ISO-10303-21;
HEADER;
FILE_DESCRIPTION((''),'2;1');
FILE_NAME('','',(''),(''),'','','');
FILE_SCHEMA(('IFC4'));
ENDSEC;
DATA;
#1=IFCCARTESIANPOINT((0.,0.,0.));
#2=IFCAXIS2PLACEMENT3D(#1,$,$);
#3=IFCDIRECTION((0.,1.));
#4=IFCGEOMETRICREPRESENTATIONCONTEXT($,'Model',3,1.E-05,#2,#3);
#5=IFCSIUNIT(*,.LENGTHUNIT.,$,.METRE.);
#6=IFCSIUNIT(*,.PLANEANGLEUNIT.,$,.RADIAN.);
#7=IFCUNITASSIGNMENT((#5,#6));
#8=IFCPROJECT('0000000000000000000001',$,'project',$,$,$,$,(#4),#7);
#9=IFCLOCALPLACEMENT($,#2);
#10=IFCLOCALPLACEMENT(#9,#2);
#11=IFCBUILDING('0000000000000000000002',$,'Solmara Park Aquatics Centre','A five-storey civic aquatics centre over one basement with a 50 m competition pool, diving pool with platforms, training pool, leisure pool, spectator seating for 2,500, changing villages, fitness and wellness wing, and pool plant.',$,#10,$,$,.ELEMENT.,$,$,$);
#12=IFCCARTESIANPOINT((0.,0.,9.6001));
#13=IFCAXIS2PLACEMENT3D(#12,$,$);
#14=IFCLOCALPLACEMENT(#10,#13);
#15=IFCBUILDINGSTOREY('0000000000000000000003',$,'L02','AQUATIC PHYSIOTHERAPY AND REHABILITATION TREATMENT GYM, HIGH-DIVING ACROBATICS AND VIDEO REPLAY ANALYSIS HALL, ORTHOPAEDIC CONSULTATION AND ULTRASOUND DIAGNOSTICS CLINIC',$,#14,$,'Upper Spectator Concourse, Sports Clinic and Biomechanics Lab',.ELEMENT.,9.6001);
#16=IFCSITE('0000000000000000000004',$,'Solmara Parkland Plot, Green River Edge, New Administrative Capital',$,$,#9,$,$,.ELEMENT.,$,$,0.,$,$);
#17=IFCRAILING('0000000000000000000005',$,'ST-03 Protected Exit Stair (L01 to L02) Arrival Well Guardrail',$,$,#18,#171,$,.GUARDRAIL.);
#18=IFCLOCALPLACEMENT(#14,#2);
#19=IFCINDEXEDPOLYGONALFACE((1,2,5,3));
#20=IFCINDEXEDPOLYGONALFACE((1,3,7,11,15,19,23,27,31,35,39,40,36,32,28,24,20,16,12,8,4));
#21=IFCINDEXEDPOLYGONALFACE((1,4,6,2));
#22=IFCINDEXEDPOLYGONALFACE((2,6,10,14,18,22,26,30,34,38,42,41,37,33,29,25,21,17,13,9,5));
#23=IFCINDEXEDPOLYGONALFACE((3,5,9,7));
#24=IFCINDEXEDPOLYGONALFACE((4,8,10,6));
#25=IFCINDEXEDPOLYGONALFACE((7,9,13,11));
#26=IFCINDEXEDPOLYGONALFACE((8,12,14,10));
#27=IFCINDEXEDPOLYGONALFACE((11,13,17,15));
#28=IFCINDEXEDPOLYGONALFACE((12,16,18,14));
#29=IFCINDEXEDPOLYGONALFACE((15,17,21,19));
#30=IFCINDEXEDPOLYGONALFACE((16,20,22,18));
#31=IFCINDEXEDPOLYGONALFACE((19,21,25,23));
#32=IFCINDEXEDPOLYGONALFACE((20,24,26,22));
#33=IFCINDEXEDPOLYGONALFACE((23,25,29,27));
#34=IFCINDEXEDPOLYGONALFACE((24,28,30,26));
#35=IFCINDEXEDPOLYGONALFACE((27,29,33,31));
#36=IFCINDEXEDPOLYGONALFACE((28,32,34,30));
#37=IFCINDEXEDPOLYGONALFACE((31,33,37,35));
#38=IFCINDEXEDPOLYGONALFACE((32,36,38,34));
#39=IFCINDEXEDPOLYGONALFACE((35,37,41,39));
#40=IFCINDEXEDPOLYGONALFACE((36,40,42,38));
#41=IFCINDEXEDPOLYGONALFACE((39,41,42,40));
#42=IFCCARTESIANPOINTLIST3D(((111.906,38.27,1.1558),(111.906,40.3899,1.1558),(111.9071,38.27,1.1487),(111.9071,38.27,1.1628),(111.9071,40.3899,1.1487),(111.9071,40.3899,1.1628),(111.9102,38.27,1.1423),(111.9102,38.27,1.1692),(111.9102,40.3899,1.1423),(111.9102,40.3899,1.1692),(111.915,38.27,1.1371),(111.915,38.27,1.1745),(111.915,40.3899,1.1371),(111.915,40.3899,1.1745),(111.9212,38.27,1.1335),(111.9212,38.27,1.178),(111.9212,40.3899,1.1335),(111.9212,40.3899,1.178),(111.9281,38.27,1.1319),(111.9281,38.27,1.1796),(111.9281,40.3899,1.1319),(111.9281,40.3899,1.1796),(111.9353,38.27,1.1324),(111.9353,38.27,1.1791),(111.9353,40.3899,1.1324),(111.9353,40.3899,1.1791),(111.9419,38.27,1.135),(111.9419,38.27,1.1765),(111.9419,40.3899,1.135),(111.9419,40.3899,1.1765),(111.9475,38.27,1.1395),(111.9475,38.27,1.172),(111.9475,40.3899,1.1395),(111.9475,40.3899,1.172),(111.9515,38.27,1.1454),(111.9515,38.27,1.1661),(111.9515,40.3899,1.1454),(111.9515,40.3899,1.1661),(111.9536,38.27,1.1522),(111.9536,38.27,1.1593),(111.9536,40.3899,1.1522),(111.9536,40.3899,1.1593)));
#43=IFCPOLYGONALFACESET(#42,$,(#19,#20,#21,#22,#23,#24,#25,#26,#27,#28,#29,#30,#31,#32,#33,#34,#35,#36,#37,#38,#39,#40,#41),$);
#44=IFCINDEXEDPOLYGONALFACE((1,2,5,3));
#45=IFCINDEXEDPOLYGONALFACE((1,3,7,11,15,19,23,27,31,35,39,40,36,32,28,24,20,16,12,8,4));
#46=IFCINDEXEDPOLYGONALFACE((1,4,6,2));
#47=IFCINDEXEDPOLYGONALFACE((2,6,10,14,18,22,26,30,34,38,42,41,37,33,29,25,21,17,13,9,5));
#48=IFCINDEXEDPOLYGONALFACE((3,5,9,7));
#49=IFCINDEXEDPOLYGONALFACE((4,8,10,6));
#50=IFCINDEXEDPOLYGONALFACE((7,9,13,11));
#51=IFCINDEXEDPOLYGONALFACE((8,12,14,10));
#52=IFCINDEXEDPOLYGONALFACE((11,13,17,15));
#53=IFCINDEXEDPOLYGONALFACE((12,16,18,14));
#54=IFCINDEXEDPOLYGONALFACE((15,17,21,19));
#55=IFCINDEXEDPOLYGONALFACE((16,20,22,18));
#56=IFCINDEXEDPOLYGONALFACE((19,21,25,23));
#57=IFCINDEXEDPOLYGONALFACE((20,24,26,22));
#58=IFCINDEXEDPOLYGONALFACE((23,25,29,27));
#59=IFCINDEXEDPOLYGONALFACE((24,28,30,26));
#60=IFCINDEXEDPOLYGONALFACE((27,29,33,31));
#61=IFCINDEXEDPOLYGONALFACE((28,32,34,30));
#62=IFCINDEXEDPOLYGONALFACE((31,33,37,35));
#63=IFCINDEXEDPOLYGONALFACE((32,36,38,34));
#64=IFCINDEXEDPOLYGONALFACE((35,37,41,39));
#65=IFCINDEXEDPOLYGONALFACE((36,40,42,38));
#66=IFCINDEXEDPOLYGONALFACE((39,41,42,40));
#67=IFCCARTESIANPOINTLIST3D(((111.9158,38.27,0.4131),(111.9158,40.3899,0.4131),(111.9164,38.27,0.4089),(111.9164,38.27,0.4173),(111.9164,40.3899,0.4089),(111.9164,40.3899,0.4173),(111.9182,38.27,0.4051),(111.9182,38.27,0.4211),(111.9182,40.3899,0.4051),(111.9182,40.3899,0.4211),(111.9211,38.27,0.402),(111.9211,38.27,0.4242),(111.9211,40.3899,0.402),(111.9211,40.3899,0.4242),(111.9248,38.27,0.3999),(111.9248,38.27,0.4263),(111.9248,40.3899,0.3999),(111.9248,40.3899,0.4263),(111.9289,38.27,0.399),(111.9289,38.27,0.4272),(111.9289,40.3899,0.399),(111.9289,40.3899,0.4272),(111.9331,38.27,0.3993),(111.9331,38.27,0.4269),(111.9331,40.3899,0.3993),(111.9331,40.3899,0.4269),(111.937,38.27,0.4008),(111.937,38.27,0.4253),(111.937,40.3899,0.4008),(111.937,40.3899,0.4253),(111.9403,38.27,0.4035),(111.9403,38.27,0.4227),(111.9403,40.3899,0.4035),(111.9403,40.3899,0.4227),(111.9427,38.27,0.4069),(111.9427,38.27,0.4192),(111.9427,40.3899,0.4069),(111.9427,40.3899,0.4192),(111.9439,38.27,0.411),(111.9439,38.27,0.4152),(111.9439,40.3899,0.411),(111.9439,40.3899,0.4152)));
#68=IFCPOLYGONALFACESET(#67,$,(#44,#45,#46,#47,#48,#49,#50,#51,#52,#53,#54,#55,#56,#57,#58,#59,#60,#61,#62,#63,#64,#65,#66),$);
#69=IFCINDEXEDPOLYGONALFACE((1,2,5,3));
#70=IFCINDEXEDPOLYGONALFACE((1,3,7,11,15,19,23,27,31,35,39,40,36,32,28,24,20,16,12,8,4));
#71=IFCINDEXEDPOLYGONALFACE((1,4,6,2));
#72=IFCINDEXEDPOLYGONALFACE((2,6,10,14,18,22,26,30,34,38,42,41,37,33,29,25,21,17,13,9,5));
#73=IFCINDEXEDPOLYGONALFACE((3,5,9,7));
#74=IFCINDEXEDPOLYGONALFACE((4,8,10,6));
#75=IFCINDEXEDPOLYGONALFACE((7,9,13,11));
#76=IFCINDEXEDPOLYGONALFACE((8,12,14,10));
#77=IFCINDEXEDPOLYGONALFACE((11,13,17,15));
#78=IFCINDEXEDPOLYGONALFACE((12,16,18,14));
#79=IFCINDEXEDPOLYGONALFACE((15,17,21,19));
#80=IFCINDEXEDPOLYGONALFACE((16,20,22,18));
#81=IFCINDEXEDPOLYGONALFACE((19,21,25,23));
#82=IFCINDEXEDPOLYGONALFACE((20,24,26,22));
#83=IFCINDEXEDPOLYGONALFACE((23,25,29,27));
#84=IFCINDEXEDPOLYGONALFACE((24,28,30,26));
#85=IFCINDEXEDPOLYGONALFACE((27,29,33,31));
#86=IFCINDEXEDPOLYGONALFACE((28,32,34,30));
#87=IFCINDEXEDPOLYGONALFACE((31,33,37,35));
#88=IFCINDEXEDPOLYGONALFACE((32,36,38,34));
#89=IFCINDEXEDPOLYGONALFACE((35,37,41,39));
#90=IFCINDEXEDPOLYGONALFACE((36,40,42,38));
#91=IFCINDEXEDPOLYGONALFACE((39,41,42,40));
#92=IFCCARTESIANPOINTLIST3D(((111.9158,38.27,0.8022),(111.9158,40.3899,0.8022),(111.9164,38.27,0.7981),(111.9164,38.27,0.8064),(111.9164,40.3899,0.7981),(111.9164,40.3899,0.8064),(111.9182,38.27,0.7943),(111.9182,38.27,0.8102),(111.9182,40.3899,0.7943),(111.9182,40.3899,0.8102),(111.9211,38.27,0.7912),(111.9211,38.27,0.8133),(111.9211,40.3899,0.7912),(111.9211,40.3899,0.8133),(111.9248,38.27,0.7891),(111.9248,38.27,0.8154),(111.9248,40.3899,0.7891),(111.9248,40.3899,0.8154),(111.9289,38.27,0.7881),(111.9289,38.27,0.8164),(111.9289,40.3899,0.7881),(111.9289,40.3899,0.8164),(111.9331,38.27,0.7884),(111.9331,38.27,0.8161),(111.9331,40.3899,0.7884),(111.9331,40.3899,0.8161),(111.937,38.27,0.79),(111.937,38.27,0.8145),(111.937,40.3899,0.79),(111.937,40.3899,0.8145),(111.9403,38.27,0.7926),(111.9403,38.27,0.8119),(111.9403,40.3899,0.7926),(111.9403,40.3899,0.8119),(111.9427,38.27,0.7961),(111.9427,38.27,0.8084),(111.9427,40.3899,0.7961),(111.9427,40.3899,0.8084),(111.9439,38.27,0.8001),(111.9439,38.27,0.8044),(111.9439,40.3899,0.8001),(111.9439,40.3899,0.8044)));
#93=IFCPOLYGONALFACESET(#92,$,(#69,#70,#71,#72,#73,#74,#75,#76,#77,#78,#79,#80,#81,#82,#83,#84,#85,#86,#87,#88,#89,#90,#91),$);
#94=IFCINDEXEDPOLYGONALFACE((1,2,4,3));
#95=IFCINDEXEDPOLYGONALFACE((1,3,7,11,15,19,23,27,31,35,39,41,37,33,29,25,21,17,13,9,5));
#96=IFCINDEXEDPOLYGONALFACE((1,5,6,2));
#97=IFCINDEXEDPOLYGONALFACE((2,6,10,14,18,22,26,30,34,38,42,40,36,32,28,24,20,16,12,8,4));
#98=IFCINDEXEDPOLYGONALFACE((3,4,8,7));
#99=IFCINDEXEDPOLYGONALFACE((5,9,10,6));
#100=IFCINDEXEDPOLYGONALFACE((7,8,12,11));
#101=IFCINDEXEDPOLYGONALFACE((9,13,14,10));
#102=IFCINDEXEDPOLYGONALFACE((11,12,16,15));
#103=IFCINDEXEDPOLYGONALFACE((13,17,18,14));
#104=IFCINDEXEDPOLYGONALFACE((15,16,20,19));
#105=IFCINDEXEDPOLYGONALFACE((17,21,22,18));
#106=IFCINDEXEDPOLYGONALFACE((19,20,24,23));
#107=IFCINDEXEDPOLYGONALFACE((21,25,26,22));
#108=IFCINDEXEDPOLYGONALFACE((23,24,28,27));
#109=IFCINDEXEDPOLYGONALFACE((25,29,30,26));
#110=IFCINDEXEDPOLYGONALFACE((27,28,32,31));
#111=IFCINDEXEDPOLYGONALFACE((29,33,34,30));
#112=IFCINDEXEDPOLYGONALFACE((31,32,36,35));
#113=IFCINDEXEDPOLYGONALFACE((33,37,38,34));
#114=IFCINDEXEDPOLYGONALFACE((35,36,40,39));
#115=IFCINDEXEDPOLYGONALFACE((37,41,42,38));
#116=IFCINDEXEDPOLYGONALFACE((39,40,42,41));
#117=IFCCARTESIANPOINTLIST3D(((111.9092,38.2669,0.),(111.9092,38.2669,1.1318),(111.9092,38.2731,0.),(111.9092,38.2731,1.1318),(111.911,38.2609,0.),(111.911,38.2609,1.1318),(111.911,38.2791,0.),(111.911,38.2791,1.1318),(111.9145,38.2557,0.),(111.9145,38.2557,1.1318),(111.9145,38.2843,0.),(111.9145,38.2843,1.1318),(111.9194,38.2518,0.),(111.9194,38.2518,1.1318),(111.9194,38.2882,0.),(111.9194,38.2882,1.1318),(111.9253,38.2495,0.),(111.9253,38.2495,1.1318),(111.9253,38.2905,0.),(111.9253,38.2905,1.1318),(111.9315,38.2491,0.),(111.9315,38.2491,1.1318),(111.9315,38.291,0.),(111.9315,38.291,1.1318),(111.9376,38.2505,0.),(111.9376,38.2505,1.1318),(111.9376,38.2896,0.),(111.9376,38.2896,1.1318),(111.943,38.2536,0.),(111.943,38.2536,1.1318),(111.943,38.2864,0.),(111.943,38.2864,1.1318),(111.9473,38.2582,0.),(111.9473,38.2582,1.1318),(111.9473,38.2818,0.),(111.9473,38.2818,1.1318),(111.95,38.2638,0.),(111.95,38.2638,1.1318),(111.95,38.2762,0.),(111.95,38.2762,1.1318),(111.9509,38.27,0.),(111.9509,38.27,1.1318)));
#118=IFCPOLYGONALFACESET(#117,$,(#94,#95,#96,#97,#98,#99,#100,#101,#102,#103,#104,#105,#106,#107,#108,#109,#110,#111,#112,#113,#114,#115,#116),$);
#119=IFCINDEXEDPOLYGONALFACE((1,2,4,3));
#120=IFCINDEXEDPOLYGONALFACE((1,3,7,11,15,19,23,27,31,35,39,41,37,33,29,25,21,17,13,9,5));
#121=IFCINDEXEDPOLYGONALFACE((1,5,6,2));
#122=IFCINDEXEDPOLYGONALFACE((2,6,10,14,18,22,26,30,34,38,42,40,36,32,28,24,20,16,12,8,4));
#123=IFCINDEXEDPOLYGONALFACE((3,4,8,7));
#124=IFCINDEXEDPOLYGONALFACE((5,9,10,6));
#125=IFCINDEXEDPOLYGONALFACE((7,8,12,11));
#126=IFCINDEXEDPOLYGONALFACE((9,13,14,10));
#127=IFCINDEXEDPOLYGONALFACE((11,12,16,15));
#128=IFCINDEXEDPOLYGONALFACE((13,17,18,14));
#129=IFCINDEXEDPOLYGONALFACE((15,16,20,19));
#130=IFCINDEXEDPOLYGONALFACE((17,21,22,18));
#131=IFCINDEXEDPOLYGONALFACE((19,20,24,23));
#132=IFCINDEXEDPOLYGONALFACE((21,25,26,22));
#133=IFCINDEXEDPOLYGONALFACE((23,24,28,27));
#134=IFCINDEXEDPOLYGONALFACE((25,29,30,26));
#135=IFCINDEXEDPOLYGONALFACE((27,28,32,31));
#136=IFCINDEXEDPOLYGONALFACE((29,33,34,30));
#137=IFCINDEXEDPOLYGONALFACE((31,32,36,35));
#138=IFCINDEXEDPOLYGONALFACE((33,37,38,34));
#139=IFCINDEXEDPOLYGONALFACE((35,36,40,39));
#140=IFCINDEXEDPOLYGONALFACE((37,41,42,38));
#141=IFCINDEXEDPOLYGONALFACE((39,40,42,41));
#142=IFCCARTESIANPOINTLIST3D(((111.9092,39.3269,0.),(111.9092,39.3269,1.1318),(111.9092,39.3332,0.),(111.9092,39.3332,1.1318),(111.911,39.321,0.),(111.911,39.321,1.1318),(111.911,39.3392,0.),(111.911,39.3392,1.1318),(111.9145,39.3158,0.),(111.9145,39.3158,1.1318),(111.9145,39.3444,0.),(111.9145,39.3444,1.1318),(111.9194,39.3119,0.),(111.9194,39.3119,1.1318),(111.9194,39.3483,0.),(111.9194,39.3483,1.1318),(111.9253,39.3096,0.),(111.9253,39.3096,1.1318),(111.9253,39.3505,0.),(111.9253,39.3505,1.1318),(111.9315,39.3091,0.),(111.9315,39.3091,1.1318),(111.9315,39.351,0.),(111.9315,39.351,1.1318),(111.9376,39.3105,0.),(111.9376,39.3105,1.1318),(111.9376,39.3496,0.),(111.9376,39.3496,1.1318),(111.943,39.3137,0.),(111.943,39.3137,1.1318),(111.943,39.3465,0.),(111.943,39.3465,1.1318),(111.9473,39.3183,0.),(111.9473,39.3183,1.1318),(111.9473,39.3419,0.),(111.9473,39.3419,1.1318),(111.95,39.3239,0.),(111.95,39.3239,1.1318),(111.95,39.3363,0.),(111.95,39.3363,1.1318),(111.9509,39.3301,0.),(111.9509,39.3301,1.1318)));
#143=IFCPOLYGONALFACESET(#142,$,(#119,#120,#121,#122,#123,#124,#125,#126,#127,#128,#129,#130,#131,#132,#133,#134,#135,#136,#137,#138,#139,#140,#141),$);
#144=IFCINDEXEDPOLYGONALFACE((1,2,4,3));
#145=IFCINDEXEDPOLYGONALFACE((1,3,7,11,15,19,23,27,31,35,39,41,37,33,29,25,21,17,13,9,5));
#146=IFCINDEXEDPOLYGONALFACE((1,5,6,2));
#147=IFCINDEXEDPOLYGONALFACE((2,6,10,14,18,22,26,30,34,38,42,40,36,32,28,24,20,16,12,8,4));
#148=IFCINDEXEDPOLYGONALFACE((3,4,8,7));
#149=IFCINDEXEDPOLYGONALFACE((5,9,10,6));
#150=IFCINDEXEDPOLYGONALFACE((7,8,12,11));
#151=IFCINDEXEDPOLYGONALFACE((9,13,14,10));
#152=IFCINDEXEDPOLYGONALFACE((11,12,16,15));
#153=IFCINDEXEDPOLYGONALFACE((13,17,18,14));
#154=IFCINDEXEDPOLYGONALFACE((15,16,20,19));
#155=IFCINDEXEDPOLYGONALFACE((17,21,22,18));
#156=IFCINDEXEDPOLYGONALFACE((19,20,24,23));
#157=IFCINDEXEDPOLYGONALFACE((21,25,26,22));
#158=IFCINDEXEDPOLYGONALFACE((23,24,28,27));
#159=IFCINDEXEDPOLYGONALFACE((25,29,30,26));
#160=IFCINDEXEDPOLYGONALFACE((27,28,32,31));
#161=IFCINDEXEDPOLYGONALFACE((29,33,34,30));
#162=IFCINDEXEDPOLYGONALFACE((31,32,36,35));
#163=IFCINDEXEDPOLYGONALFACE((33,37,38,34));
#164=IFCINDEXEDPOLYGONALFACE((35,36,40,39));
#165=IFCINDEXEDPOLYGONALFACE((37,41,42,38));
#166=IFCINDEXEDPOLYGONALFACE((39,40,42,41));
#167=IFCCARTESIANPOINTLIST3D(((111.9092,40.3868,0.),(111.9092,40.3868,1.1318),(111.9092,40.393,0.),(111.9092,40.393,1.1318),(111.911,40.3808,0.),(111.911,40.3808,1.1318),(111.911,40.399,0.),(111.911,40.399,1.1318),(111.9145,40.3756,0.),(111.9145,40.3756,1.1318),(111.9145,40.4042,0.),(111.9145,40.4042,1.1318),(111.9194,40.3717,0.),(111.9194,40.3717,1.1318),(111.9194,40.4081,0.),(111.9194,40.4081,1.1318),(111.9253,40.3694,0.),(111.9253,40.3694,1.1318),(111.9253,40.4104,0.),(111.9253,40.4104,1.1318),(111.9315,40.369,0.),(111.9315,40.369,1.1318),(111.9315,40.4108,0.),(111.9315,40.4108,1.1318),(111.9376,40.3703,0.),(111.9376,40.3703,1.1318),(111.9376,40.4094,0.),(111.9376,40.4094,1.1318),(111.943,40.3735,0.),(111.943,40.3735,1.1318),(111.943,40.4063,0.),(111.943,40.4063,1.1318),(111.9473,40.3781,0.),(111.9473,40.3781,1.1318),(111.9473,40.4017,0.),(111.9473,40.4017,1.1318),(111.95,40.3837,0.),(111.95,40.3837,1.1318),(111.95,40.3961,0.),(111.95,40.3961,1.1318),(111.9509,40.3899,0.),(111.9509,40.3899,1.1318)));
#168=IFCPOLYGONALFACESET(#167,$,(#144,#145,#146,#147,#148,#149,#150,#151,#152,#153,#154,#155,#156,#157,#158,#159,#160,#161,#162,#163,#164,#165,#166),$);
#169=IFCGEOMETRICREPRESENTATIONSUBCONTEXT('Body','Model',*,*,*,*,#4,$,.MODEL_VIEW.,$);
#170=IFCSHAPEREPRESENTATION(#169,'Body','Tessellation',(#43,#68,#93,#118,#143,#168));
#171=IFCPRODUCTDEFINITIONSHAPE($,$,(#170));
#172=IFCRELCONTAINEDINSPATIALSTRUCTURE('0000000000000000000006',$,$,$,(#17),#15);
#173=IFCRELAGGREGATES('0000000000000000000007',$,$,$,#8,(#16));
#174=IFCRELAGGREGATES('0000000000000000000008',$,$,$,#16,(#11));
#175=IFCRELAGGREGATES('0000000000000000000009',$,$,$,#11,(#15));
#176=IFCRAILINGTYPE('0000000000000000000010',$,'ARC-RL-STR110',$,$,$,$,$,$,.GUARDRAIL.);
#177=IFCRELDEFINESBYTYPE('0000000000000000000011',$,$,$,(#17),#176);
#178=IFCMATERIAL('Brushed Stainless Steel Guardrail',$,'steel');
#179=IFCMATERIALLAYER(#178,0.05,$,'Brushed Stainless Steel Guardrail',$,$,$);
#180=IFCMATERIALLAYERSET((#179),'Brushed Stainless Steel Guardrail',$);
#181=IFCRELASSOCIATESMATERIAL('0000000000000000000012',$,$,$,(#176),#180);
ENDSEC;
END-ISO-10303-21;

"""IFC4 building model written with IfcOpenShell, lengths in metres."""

from ifc_helpers import new_model, si_unit, direction, frame, origin, origin_2d, place, context, subcontext, project, spatial, circle, extrude, material, layer, layer_set, type_object, element, save


model = new_model("IFC4")

# Units and contexts
model_context = context("Model", 3, precision=1e-05, world=origin(), true_north=direction((0.0, 1.0)))
body_context = subcontext(model_context, "Body", "Model", "MODEL_VIEW")
ifc_project = project(units=[si_unit("LENGTHUNIT", "METRE"), si_unit("PLANEANGLEUNIT", "RADIAN")], contexts=[model_context])

# Site, building, storey
site_placement = place(None, origin())
site = spatial("IfcSite", under=ifc_project, at=site_placement, Name="Solmara Parkland Plot, Green River Edge, New Administrative Capital", CompositionType="ELEMENT", RefElevation=0.0)
building_placement = place(site_placement, origin())
building = spatial("IfcBuilding", under=site, at=building_placement, Name="Solmara Park Aquatics Centre", Description="A five-storey civic aquatics centre over one basement with a 50 m competition pool, diving pool with platforms, training pool, leisure pool, spectator seating for 2,500, changing villages, fitness and wellness wing, and pool plant.", CompositionType="ELEMENT")
storey_placement = place(building_placement, frame((0.0, 0.0, 9.6001)))
storey = spatial("IfcBuildingStorey", under=building, at=storey_placement, Name="L02", Description="AQUATIC PHYSIOTHERAPY AND REHABILITATION TREATMENT GYM, HIGH-DIVING ACROBATICS AND VIDEO REPLAY ANALYSIS HALL, ORTHOPAEDIC CONSULTATION AND ULTRASOUND DIAGNOSTICS CLINIC", LongName="Upper Spectator Concourse, Sports Clinic and Biomechanics Lab", CompositionType="ELEMENT", Elevation=9.6001)

# Railing
ifc_material_1 = material(Name="Brushed Stainless Steel Guardrail", Category="steel")
ifc_layer_1 = layer(ifc_material_1, 0.05, Name="Brushed Stainless Steel Guardrail")
ifc_layer_set_1 = layer_set([ifc_layer_1], Name="Brushed Stainless Steel Guardrail")
railing_type_1 = type_object("IfcRailingType", Name="ARC-RL-STR110", PredefinedType="GUARDRAIL", material=ifc_layer_set_1)
railing_1_placement = place(storey_placement, frame((111.9299, 38.27, 0.0)))
element("IfcRailing", 1, at=railing_1_placement, inside=storey, type_object=railing_type_1, Name="ST-03 Protected Exit Stair (L01 to L02) Arrival Well Guardrail", PredefinedType="GUARDRAIL", context=body_context, shape_type="SweptSolid", body=[
    extrude(circle(Radius=0.0239, at=origin_2d()), frame((0.0, 0.0, 1.1558), z_axis=(0.0, 1.0, 0.0), x_axis=(-1.0, 0.0, 0.0)), (0.0, 0.0, 1.0), 2.1199),
    extrude(circle(Radius=0.0142, at=origin_2d()), frame((0.0, 0.0, 0.4131), z_axis=(0.0, 1.0, 0.0), x_axis=(-1.0, 0.0, 0.0)), (0.0, 0.0, 1.0), 2.1199),
    extrude(circle(Radius=0.0142, at=origin_2d()), frame((0.0, 0.0, 0.8022), z_axis=(0.0, 1.0, 0.0), x_axis=(-1.0, 0.0, 0.0)), (0.0, 0.0, 1.0), 2.1199),
    extrude(circle(Radius=0.021, at=origin_2d()), origin(), (0.0, 0.0, 1.0), 1.1318),
    extrude(circle(Radius=0.021, at=origin_2d()), frame((0.0, 1.0601, 0.0)), (0.0, 0.0, 1.0), 1.1318),
    extrude(circle(Radius=0.021, at=origin_2d()), frame((0.0, 2.1199, 0.0)), (0.0, 0.0, 1.0), 1.1318),
])

save(model, "model.ifc")
